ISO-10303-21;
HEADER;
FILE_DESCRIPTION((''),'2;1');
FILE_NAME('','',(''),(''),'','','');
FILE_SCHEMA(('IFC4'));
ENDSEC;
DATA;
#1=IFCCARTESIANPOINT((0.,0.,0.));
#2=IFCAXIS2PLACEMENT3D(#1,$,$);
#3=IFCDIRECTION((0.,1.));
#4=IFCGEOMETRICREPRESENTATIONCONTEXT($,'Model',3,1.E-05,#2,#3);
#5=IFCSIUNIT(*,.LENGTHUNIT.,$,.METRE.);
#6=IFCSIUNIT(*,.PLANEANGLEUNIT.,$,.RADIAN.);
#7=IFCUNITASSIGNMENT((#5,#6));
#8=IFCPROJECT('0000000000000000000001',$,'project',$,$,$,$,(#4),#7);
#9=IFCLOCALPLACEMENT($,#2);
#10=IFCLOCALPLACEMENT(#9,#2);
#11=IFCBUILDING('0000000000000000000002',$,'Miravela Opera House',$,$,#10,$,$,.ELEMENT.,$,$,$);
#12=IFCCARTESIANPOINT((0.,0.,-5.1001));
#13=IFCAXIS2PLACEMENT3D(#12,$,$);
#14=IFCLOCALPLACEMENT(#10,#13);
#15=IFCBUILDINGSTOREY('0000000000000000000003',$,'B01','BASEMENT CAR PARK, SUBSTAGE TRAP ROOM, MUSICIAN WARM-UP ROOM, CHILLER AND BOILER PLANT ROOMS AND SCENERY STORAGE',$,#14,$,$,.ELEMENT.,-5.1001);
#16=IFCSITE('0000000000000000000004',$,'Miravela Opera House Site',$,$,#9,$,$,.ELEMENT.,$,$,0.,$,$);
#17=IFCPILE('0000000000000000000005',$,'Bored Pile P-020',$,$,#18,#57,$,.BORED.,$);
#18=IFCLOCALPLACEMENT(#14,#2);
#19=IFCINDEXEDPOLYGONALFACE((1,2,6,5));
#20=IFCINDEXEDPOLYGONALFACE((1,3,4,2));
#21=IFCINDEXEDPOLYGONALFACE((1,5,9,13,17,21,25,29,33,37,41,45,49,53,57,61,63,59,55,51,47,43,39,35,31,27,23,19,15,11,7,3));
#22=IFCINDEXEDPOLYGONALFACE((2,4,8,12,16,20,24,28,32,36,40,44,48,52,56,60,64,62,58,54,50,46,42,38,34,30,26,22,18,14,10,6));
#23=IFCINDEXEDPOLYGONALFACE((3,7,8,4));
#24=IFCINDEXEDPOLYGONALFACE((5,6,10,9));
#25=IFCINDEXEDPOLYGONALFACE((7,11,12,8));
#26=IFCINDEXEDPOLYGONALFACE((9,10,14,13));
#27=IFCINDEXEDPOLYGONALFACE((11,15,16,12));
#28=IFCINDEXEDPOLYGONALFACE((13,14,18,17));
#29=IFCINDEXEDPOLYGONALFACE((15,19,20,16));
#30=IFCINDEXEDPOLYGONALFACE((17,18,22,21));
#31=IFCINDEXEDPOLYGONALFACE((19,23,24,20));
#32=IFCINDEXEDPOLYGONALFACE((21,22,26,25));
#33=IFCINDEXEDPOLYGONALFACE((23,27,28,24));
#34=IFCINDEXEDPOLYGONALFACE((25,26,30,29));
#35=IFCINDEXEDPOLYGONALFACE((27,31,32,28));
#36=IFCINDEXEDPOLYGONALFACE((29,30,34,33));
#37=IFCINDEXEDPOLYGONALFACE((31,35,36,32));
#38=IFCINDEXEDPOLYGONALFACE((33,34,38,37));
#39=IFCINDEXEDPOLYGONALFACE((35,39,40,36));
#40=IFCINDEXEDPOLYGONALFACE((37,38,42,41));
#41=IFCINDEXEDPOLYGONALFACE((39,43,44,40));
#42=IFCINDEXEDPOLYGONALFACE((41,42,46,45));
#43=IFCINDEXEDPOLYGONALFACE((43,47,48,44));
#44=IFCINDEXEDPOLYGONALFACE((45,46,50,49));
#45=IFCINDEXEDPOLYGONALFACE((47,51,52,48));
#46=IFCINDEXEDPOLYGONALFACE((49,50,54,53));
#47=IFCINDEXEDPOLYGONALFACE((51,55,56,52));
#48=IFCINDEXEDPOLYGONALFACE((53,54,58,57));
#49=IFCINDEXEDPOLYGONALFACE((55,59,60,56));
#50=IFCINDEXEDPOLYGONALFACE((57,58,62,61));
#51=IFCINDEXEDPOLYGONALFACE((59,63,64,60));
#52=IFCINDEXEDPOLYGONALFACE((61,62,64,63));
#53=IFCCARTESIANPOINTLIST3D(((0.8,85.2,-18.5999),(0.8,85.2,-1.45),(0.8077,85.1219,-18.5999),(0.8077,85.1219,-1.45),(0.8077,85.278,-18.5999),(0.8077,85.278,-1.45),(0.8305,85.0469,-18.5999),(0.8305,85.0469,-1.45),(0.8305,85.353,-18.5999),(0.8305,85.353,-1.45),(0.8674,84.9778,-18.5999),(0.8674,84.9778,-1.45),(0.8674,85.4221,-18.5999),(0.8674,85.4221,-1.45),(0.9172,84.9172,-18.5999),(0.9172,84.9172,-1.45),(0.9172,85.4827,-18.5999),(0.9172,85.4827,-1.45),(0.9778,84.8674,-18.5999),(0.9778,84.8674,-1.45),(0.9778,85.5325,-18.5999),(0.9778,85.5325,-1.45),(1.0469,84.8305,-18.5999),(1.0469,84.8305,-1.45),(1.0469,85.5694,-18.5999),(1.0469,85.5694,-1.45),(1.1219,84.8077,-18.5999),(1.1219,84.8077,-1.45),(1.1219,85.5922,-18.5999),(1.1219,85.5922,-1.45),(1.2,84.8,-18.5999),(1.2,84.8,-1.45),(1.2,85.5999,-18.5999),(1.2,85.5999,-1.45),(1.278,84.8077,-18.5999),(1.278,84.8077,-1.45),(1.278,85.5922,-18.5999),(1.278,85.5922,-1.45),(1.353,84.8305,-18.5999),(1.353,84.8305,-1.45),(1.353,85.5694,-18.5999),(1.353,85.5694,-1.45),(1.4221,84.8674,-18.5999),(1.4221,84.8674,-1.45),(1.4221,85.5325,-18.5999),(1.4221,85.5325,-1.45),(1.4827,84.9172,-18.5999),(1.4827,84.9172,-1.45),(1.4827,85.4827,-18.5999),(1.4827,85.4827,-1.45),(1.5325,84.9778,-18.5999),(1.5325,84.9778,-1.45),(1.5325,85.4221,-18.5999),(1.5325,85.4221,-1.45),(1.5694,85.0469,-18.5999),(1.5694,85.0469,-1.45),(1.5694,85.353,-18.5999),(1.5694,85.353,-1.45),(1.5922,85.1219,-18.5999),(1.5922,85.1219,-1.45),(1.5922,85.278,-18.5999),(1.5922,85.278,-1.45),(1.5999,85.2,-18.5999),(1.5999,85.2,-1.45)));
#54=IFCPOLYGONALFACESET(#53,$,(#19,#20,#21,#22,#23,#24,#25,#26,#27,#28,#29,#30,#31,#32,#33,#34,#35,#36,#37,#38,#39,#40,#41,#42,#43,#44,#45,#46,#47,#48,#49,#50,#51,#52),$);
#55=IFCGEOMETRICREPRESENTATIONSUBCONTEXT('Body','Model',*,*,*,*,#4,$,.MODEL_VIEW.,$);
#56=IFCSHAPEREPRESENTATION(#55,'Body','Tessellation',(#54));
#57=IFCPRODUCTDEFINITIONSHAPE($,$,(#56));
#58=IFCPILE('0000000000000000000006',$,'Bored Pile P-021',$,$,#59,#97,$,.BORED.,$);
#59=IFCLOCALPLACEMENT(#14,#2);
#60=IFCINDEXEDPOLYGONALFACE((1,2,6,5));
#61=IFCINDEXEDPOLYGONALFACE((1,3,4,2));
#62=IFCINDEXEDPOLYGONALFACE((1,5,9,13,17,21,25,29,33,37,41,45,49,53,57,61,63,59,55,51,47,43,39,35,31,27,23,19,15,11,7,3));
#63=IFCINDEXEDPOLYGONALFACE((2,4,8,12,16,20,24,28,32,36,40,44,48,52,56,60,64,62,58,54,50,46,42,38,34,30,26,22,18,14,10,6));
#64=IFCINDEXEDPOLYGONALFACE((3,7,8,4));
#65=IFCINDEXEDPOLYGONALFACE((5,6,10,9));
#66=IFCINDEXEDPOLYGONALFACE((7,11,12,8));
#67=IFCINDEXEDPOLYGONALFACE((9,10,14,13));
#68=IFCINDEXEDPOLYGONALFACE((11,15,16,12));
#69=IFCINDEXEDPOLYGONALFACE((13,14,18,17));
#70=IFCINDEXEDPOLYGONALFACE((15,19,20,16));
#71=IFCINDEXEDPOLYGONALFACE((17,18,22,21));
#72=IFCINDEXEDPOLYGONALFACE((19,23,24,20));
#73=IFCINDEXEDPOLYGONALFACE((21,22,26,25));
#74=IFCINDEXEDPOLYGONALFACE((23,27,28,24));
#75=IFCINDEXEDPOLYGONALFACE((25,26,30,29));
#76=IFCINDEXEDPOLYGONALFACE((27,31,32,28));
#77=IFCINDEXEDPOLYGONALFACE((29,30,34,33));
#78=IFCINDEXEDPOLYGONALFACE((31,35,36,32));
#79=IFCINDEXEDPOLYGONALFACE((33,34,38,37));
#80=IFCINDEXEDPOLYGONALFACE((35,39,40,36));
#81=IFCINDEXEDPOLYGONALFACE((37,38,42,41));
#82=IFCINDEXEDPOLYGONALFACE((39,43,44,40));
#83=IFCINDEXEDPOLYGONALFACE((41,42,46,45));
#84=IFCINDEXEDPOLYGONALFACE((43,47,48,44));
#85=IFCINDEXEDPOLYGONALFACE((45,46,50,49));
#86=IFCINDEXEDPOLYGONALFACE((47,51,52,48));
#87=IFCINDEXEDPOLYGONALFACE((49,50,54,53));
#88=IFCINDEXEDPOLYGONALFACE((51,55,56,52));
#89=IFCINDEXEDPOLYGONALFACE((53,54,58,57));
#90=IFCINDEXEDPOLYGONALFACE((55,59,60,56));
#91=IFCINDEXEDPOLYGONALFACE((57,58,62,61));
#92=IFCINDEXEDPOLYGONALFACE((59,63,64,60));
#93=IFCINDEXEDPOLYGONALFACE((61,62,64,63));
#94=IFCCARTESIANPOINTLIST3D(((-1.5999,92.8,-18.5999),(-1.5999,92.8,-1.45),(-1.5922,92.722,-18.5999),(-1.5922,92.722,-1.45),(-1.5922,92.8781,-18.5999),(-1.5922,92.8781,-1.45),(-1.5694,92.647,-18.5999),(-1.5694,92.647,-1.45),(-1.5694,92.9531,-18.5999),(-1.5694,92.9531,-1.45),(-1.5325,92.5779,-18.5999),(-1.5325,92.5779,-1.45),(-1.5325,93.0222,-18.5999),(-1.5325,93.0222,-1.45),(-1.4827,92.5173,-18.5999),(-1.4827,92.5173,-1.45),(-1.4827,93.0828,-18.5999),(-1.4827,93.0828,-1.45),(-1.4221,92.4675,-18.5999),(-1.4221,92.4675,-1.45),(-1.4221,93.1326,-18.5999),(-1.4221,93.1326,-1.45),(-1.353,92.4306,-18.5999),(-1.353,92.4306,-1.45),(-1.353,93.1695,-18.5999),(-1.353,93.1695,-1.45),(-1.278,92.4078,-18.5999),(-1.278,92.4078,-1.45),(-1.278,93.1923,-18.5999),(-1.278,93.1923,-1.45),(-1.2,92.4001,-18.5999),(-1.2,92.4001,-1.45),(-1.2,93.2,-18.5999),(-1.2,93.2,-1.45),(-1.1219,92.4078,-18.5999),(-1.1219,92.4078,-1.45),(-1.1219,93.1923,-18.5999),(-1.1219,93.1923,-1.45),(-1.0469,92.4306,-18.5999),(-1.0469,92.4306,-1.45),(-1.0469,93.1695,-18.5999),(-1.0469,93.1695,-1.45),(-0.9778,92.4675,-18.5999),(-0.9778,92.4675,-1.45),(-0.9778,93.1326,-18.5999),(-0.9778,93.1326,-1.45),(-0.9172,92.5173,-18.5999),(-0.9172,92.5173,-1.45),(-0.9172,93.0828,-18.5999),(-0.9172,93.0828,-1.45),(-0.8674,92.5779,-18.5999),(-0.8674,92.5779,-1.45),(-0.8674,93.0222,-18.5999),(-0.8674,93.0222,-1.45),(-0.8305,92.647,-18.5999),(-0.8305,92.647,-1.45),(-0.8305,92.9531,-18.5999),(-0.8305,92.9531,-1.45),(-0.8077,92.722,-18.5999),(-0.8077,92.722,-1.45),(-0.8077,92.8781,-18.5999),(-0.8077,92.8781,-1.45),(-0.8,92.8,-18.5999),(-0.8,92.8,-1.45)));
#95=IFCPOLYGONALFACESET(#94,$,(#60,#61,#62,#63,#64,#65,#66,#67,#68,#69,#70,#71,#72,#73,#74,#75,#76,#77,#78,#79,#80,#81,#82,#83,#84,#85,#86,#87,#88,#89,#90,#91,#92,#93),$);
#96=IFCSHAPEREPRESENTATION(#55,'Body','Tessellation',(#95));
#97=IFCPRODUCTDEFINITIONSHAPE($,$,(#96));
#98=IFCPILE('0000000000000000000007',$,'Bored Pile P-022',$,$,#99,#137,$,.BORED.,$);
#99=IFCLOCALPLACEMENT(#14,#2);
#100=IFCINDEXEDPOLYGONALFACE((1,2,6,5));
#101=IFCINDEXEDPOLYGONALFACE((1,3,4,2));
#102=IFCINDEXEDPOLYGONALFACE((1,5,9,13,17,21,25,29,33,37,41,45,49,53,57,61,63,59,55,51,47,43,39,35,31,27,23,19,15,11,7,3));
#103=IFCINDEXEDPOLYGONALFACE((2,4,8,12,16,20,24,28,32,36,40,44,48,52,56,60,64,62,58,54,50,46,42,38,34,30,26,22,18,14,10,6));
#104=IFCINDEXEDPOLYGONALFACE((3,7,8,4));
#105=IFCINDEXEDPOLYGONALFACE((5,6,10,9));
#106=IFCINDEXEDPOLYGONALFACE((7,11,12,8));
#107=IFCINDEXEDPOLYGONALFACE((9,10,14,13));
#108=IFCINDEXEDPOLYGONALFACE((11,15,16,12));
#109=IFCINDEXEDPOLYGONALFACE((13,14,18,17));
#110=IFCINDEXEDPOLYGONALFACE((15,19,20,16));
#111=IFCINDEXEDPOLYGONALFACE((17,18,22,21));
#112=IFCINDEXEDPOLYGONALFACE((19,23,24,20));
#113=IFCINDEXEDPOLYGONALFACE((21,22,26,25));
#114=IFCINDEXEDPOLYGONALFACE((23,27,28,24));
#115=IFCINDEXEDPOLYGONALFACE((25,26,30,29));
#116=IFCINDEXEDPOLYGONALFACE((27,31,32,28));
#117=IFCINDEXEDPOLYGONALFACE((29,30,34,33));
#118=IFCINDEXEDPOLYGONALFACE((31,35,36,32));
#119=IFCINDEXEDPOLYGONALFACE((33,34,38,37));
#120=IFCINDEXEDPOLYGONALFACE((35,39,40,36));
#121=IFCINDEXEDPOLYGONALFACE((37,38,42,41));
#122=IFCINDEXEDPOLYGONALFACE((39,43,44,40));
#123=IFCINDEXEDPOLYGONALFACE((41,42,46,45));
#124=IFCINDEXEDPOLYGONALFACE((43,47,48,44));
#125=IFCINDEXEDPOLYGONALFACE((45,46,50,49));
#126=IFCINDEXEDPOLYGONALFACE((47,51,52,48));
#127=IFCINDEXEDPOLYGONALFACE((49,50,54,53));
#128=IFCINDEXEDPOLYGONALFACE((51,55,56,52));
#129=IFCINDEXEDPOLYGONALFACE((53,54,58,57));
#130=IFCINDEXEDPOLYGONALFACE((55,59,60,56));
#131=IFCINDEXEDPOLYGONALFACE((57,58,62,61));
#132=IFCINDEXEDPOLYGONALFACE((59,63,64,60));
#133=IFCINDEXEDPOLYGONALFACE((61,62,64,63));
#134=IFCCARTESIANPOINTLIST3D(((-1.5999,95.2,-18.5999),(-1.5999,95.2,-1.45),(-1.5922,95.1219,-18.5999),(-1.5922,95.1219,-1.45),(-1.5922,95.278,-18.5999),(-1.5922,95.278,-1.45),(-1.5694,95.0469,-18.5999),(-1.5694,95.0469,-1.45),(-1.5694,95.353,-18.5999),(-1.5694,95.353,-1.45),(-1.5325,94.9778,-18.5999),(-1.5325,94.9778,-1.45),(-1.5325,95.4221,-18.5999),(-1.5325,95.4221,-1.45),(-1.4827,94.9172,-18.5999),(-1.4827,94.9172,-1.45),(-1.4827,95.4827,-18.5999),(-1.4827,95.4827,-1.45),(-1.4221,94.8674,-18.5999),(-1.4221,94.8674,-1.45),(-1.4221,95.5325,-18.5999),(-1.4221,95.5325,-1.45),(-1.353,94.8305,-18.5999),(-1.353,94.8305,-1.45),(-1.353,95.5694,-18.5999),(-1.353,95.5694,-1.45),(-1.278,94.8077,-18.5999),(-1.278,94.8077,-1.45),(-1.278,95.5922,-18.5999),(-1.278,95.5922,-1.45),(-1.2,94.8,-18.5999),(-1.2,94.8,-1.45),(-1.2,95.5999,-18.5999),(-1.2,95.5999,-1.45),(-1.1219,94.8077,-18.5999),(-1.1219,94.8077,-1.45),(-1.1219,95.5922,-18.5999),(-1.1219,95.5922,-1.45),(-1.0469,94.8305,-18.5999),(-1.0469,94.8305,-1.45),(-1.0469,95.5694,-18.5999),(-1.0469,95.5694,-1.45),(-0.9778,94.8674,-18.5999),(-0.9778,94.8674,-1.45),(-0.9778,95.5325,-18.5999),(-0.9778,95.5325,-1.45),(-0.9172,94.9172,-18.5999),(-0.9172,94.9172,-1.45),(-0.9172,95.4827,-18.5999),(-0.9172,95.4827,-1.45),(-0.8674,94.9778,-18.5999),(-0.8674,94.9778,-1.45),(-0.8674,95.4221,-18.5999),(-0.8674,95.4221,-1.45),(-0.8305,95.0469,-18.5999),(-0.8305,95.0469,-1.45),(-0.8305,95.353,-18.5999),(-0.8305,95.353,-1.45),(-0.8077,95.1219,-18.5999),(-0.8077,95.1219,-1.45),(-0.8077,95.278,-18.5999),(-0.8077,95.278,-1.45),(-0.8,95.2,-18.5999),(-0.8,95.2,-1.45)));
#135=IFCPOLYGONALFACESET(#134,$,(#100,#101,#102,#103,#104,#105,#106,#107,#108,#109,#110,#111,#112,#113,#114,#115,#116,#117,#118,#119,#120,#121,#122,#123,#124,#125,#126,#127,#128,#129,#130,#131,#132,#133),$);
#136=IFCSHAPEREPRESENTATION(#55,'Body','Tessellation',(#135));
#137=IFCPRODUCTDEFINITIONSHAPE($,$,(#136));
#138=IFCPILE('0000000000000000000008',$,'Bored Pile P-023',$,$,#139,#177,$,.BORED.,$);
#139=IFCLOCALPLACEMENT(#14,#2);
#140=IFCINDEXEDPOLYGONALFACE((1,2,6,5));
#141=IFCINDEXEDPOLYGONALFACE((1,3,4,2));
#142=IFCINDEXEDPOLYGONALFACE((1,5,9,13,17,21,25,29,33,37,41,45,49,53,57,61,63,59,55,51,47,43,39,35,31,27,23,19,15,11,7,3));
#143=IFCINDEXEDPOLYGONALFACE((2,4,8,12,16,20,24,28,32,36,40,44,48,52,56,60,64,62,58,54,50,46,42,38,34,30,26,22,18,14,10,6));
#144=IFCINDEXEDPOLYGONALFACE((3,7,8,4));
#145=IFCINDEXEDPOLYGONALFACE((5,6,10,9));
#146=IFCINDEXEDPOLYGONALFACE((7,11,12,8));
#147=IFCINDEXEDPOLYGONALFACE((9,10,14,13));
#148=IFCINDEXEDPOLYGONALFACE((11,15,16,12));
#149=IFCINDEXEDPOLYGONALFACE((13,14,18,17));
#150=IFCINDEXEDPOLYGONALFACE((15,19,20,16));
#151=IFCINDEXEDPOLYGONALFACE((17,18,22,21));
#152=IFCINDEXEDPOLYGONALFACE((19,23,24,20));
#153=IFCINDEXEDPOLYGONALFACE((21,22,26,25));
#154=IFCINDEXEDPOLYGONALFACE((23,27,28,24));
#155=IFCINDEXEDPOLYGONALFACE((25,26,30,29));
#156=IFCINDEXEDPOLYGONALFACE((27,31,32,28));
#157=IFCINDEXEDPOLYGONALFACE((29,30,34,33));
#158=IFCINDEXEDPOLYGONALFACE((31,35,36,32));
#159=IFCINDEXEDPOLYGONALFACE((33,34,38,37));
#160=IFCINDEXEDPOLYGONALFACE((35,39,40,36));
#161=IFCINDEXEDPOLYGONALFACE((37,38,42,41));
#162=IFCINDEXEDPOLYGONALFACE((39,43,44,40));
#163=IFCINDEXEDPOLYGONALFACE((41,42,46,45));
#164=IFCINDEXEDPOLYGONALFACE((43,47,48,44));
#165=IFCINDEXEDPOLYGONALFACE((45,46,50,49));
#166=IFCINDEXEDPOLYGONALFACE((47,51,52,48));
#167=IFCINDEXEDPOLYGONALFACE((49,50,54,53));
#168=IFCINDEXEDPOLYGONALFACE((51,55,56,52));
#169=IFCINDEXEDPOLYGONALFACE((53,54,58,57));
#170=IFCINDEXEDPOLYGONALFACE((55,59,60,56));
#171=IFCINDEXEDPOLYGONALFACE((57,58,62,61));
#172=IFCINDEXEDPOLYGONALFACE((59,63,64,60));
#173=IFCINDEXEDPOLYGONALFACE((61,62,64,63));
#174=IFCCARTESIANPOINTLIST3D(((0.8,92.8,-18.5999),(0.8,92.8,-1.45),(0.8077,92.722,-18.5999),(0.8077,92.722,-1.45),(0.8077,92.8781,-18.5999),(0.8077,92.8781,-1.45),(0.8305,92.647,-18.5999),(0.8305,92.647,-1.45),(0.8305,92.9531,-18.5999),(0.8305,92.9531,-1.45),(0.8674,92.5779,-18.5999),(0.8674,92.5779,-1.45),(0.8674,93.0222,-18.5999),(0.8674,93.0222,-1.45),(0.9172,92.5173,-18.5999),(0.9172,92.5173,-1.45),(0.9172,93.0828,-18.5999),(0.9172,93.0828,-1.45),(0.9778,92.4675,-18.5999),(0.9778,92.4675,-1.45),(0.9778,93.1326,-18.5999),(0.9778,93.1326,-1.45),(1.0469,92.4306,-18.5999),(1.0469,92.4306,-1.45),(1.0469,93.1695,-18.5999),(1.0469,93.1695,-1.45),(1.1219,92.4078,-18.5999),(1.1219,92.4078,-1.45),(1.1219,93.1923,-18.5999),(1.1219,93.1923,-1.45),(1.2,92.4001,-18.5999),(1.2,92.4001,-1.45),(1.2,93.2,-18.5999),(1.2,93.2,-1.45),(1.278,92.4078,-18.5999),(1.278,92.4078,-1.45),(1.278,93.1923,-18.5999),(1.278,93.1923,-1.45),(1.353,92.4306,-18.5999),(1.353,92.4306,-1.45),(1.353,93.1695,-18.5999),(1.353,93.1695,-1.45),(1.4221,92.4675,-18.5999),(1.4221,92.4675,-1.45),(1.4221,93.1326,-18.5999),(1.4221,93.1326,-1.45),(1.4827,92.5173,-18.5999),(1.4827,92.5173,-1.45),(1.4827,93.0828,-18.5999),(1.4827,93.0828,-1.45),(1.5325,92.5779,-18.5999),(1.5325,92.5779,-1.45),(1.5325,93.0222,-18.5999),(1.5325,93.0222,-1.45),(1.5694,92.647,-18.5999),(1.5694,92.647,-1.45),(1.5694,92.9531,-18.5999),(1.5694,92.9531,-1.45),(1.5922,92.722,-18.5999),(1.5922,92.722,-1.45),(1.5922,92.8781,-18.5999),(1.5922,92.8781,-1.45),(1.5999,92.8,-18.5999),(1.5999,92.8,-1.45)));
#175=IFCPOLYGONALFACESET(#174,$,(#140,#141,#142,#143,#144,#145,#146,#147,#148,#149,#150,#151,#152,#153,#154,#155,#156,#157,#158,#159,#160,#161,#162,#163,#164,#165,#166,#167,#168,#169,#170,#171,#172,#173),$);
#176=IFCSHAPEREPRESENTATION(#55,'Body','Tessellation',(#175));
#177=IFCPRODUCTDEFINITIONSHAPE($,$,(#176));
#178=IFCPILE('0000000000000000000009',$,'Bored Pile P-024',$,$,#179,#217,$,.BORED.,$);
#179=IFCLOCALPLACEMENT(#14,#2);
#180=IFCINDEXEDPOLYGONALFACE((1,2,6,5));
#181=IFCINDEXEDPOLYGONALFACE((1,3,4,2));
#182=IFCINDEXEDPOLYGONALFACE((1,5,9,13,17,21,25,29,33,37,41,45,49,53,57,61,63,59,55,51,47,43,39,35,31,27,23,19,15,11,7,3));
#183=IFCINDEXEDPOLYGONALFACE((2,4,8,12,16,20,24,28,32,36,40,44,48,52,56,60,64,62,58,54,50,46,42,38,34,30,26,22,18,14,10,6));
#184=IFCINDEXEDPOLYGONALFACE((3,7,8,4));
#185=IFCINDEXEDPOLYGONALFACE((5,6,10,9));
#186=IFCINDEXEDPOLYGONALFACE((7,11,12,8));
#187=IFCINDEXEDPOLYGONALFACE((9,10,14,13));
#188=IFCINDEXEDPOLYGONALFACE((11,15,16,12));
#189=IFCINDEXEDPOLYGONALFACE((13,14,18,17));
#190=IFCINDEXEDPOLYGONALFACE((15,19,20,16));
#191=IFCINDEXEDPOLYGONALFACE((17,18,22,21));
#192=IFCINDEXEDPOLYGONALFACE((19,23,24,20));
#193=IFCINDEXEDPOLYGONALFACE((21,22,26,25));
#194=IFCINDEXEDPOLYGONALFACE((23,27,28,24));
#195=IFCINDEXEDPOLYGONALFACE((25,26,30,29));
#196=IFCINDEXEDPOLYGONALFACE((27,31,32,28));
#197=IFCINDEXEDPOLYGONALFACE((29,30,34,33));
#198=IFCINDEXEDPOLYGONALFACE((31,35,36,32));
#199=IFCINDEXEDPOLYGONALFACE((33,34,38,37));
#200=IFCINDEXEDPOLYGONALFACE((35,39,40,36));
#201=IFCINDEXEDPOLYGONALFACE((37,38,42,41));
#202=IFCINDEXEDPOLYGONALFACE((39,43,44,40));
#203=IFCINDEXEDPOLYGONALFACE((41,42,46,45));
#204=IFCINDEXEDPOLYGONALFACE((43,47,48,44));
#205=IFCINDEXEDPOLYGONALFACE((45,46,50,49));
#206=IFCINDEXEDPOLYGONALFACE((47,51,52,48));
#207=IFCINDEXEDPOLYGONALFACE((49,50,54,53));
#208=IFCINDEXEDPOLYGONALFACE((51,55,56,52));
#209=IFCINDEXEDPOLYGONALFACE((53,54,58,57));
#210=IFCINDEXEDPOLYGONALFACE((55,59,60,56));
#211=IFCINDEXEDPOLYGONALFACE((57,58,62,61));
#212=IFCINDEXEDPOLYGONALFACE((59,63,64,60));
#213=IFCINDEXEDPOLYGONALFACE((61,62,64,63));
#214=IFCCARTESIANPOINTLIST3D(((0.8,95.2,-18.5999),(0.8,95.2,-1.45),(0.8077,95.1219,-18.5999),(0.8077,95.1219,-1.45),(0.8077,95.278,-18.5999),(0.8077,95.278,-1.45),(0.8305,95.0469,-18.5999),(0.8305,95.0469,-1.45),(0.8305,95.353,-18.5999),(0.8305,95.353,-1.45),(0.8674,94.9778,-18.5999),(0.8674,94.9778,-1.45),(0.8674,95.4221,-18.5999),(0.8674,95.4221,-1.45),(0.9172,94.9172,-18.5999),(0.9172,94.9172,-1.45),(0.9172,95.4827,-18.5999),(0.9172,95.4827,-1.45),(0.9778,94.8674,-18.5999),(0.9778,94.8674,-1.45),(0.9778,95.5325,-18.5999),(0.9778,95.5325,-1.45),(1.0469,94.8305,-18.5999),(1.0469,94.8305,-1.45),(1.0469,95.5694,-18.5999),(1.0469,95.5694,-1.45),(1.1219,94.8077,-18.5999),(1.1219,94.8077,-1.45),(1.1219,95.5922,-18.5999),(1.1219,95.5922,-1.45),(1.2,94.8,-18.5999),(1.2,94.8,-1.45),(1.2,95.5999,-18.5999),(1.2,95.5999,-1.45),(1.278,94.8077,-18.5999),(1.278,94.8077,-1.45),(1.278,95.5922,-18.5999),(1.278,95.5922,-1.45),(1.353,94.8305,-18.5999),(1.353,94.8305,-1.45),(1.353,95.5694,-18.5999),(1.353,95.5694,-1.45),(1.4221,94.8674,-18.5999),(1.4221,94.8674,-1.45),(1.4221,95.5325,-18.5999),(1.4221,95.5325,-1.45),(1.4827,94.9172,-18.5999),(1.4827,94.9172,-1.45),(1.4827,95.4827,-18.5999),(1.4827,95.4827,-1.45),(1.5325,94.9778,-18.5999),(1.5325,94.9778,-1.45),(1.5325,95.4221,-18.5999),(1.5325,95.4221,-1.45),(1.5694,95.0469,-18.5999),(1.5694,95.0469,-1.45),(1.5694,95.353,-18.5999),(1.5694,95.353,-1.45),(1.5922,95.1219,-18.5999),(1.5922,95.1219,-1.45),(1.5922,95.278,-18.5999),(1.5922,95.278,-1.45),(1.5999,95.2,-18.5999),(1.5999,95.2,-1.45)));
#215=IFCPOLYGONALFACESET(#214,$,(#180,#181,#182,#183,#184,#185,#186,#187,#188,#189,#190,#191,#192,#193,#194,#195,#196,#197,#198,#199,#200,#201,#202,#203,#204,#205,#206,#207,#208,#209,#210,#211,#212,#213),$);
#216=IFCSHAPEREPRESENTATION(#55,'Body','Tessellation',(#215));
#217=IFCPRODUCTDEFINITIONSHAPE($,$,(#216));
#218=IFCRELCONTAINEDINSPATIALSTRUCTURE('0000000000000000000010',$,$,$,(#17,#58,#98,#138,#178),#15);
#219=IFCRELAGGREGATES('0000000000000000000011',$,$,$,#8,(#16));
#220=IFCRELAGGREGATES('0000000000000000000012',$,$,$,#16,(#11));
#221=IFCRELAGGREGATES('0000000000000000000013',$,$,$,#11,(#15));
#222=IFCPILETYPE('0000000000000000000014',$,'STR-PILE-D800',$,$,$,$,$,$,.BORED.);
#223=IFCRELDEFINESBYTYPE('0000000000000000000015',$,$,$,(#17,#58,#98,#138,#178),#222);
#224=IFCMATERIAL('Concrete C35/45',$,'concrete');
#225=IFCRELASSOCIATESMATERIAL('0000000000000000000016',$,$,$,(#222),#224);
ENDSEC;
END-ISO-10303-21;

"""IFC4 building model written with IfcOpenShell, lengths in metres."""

from ifc_helpers import new_model, si_unit, direction, frame, origin, origin_2d, place, context, subcontext, project, spatial, circle, extrude, material, material_profile, profile_set, type_object, element, save


model = new_model("IFC4")

# Units and contexts
model_context = context("Model", 3, precision=1e-05, world=origin(), true_north=direction((0.0, 1.0)))
body_context = subcontext(model_context, "Body", "Model", "MODEL_VIEW")
ifc_project = project(units=[si_unit("LENGTHUNIT", "METRE"), si_unit("PLANEANGLEUNIT", "RADIAN")], contexts=[model_context])

# Site, building, storey
site_placement = place(None, origin())
site = spatial("IfcSite", under=ifc_project, at=site_placement, Name="Miravela Opera House Site", CompositionType="ELEMENT", RefElevation=0.0)
building_placement = place(site_placement, origin())
building = spatial("IfcBuilding", under=site, at=building_placement, Name="Miravela Opera House", CompositionType="ELEMENT")
storey_placement = place(building_placement, frame((0.0, 0.0, -5.1001)))
storey = spatial("IfcBuildingStorey", under=building, at=storey_placement, Name="B01", Description="BASEMENT CAR PARK, SUBSTAGE TRAP ROOM, MUSICIAN WARM-UP ROOM, CHILLER AND BOILER PLANT ROOMS AND SCENERY STORAGE", CompositionType="ELEMENT", Elevation=-5.1001)

# Shared definitions
ifc_material_1 = material(Name="Concrete C35/45", Category="concrete")

# Piles
ifc_material_profile_1 = material_profile(ifc_material_1, circle(Radius=0.3999, at=origin_2d()), Name="PILE-D800")
ifc_profile_set_1 = profile_set([ifc_material_profile_1])
pile_type_1 = type_object("IfcPileType", Name="STR-PILE-D800", PredefinedType="BORED", material=ifc_profile_set_1)
for number, where, z_axis, x_axis, name in (
    (1, (1.2, 85.2, -1.45), (0.0, 0.0, -1.0), (1.0, 0.0, 0.0), "Bored Pile P-020"),
    (2, (-1.2, 92.8, -1.45), (0.0, 0.0, -1.0), (1.0, 0.0, 0.0), "Bored Pile P-021"),
    (3, (-1.2, 95.2, -1.45), (0.0, 0.0, -1.0), (1.0, 0.0, 0.0), "Bored Pile P-022"),
    (4, (1.2, 92.8, -1.45), (0.0, 0.0, -1.0), (1.0, 0.0, 0.0), "Bored Pile P-023"),
    (5, (1.2, 95.2, -1.45), (0.0, 0.0, -1.0), (1.0, 0.0, 0.0), "Bored Pile P-024"),
):
    element("IfcPile", number, at=place(storey_placement, frame(where, z_axis=z_axis, x_axis=x_axis)), inside=storey, type_object=pile_type_1, Name=name, PredefinedType="BORED", context=body_context, shape_type="SweptSolid", body=[
        extrude(circle(Radius=0.3999, at=origin_2d()), origin(), (0.0, 0.0, 1.0), 17.1499),
    ])

save(model, "model.ifc")
